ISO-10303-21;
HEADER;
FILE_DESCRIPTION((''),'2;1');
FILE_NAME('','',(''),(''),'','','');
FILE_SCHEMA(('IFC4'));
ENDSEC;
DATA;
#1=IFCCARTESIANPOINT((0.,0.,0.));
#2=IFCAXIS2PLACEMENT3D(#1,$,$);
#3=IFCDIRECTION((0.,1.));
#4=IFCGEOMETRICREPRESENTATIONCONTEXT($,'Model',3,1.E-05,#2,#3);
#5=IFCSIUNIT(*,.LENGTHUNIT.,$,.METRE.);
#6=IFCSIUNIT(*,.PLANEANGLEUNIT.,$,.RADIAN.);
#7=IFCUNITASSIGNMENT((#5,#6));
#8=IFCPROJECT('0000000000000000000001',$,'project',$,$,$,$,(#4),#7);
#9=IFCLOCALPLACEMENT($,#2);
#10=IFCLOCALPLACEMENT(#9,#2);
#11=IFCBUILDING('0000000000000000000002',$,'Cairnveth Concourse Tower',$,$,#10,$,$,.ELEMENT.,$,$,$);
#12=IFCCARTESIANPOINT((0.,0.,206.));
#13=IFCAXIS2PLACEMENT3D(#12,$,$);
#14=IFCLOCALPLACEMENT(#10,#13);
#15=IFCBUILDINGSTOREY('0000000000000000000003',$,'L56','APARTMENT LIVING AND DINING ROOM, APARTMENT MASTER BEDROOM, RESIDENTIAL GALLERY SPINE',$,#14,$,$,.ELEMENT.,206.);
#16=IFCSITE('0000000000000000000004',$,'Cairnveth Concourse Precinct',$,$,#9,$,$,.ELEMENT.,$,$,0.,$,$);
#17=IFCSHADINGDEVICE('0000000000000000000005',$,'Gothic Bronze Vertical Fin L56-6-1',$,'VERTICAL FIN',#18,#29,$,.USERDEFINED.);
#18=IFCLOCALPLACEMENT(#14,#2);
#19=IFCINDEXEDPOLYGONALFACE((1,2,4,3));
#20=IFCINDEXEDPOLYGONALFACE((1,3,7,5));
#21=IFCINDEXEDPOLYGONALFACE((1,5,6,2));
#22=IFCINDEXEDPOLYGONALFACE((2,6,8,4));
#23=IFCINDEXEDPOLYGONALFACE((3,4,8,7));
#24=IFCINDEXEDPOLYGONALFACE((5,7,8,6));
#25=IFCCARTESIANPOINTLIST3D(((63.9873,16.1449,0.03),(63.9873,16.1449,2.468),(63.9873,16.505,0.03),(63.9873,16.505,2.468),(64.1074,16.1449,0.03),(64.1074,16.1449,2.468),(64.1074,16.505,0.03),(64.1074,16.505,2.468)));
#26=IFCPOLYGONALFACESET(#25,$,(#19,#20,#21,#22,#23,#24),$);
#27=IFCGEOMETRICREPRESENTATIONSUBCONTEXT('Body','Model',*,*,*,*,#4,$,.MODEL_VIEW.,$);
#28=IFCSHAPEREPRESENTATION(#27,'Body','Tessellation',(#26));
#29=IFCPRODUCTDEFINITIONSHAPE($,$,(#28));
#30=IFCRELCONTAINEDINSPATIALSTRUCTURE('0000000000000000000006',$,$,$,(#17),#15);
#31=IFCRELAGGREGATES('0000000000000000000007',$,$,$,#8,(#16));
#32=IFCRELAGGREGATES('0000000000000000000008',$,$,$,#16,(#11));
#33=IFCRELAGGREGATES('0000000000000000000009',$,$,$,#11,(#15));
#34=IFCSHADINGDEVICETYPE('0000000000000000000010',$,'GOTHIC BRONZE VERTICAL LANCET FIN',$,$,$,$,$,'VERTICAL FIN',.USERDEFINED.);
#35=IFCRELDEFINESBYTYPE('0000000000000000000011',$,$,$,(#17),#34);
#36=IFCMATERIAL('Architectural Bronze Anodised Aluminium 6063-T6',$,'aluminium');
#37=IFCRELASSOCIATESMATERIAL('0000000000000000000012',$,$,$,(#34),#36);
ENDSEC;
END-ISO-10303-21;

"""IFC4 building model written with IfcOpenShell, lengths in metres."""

from ifc_helpers import new_model, si_unit, direction, frame, origin, origin_2d, place, context, subcontext, project, spatial, rectangle, extrude, material, type_object, element, save


model = new_model("IFC4")

# Units and contexts
model_context = context("Model", 3, precision=1e-05, world=origin(), true_north=direction((0.0, 1.0)))
body_context = subcontext(model_context, "Body", "Model", "MODEL_VIEW")
ifc_project = project(units=[si_unit("LENGTHUNIT", "METRE"), si_unit("PLANEANGLEUNIT", "RADIAN")], contexts=[model_context])

# Site, building, storey
site_placement = place(None, origin())
site = spatial("IfcSite", under=ifc_project, at=site_placement, Name="Cairnveth Concourse Precinct", CompositionType="ELEMENT", RefElevation=0.0)
building_placement = place(site_placement, origin())
building = spatial("IfcBuilding", under=site, at=building_placement, Name="Cairnveth Concourse Tower", CompositionType="ELEMENT")
storey_placement = place(building_placement, frame((0.0, 0.0, 206.0)))
storey = spatial("IfcBuildingStorey", under=building, at=storey_placement, Name="L56", Description="APARTMENT LIVING AND DINING ROOM, APARTMENT MASTER BEDROOM, RESIDENTIAL GALLERY SPINE", CompositionType="ELEMENT", Elevation=206.0)

# Shading device
ifc_material_1 = material(Name="Architectural Bronze Anodised Aluminium 6063-T6", Category="aluminium")
shading_device_type = type_object("IfcShadingDeviceType", Name="GOTHIC BRONZE VERTICAL LANCET FIN", ElementType="VERTICAL FIN", PredefinedType="USERDEFINED", material=ifc_material_1)
shading_device_placement = place(storey_placement, frame((64.0474, 16.325, 0.03), z_axis=(0.0, 0.0, 1.0), x_axis=(1.0, 0.0, 0.0)))
element("IfcShadingDevice", 1, at=shading_device_placement, inside=storey, type_object=shading_device_type, Name="Gothic Bronze Vertical Fin L56-6-1", ObjectType="VERTICAL FIN", PredefinedType="USERDEFINED", context=body_context, shape_type="SweptSolid", body=[
    extrude(rectangle(XDim=0.1201, YDim=0.3601, at=origin_2d()), origin(), (0.0, 0.0, 1.0), 2.438),
])

save(model, "model.ifc")
